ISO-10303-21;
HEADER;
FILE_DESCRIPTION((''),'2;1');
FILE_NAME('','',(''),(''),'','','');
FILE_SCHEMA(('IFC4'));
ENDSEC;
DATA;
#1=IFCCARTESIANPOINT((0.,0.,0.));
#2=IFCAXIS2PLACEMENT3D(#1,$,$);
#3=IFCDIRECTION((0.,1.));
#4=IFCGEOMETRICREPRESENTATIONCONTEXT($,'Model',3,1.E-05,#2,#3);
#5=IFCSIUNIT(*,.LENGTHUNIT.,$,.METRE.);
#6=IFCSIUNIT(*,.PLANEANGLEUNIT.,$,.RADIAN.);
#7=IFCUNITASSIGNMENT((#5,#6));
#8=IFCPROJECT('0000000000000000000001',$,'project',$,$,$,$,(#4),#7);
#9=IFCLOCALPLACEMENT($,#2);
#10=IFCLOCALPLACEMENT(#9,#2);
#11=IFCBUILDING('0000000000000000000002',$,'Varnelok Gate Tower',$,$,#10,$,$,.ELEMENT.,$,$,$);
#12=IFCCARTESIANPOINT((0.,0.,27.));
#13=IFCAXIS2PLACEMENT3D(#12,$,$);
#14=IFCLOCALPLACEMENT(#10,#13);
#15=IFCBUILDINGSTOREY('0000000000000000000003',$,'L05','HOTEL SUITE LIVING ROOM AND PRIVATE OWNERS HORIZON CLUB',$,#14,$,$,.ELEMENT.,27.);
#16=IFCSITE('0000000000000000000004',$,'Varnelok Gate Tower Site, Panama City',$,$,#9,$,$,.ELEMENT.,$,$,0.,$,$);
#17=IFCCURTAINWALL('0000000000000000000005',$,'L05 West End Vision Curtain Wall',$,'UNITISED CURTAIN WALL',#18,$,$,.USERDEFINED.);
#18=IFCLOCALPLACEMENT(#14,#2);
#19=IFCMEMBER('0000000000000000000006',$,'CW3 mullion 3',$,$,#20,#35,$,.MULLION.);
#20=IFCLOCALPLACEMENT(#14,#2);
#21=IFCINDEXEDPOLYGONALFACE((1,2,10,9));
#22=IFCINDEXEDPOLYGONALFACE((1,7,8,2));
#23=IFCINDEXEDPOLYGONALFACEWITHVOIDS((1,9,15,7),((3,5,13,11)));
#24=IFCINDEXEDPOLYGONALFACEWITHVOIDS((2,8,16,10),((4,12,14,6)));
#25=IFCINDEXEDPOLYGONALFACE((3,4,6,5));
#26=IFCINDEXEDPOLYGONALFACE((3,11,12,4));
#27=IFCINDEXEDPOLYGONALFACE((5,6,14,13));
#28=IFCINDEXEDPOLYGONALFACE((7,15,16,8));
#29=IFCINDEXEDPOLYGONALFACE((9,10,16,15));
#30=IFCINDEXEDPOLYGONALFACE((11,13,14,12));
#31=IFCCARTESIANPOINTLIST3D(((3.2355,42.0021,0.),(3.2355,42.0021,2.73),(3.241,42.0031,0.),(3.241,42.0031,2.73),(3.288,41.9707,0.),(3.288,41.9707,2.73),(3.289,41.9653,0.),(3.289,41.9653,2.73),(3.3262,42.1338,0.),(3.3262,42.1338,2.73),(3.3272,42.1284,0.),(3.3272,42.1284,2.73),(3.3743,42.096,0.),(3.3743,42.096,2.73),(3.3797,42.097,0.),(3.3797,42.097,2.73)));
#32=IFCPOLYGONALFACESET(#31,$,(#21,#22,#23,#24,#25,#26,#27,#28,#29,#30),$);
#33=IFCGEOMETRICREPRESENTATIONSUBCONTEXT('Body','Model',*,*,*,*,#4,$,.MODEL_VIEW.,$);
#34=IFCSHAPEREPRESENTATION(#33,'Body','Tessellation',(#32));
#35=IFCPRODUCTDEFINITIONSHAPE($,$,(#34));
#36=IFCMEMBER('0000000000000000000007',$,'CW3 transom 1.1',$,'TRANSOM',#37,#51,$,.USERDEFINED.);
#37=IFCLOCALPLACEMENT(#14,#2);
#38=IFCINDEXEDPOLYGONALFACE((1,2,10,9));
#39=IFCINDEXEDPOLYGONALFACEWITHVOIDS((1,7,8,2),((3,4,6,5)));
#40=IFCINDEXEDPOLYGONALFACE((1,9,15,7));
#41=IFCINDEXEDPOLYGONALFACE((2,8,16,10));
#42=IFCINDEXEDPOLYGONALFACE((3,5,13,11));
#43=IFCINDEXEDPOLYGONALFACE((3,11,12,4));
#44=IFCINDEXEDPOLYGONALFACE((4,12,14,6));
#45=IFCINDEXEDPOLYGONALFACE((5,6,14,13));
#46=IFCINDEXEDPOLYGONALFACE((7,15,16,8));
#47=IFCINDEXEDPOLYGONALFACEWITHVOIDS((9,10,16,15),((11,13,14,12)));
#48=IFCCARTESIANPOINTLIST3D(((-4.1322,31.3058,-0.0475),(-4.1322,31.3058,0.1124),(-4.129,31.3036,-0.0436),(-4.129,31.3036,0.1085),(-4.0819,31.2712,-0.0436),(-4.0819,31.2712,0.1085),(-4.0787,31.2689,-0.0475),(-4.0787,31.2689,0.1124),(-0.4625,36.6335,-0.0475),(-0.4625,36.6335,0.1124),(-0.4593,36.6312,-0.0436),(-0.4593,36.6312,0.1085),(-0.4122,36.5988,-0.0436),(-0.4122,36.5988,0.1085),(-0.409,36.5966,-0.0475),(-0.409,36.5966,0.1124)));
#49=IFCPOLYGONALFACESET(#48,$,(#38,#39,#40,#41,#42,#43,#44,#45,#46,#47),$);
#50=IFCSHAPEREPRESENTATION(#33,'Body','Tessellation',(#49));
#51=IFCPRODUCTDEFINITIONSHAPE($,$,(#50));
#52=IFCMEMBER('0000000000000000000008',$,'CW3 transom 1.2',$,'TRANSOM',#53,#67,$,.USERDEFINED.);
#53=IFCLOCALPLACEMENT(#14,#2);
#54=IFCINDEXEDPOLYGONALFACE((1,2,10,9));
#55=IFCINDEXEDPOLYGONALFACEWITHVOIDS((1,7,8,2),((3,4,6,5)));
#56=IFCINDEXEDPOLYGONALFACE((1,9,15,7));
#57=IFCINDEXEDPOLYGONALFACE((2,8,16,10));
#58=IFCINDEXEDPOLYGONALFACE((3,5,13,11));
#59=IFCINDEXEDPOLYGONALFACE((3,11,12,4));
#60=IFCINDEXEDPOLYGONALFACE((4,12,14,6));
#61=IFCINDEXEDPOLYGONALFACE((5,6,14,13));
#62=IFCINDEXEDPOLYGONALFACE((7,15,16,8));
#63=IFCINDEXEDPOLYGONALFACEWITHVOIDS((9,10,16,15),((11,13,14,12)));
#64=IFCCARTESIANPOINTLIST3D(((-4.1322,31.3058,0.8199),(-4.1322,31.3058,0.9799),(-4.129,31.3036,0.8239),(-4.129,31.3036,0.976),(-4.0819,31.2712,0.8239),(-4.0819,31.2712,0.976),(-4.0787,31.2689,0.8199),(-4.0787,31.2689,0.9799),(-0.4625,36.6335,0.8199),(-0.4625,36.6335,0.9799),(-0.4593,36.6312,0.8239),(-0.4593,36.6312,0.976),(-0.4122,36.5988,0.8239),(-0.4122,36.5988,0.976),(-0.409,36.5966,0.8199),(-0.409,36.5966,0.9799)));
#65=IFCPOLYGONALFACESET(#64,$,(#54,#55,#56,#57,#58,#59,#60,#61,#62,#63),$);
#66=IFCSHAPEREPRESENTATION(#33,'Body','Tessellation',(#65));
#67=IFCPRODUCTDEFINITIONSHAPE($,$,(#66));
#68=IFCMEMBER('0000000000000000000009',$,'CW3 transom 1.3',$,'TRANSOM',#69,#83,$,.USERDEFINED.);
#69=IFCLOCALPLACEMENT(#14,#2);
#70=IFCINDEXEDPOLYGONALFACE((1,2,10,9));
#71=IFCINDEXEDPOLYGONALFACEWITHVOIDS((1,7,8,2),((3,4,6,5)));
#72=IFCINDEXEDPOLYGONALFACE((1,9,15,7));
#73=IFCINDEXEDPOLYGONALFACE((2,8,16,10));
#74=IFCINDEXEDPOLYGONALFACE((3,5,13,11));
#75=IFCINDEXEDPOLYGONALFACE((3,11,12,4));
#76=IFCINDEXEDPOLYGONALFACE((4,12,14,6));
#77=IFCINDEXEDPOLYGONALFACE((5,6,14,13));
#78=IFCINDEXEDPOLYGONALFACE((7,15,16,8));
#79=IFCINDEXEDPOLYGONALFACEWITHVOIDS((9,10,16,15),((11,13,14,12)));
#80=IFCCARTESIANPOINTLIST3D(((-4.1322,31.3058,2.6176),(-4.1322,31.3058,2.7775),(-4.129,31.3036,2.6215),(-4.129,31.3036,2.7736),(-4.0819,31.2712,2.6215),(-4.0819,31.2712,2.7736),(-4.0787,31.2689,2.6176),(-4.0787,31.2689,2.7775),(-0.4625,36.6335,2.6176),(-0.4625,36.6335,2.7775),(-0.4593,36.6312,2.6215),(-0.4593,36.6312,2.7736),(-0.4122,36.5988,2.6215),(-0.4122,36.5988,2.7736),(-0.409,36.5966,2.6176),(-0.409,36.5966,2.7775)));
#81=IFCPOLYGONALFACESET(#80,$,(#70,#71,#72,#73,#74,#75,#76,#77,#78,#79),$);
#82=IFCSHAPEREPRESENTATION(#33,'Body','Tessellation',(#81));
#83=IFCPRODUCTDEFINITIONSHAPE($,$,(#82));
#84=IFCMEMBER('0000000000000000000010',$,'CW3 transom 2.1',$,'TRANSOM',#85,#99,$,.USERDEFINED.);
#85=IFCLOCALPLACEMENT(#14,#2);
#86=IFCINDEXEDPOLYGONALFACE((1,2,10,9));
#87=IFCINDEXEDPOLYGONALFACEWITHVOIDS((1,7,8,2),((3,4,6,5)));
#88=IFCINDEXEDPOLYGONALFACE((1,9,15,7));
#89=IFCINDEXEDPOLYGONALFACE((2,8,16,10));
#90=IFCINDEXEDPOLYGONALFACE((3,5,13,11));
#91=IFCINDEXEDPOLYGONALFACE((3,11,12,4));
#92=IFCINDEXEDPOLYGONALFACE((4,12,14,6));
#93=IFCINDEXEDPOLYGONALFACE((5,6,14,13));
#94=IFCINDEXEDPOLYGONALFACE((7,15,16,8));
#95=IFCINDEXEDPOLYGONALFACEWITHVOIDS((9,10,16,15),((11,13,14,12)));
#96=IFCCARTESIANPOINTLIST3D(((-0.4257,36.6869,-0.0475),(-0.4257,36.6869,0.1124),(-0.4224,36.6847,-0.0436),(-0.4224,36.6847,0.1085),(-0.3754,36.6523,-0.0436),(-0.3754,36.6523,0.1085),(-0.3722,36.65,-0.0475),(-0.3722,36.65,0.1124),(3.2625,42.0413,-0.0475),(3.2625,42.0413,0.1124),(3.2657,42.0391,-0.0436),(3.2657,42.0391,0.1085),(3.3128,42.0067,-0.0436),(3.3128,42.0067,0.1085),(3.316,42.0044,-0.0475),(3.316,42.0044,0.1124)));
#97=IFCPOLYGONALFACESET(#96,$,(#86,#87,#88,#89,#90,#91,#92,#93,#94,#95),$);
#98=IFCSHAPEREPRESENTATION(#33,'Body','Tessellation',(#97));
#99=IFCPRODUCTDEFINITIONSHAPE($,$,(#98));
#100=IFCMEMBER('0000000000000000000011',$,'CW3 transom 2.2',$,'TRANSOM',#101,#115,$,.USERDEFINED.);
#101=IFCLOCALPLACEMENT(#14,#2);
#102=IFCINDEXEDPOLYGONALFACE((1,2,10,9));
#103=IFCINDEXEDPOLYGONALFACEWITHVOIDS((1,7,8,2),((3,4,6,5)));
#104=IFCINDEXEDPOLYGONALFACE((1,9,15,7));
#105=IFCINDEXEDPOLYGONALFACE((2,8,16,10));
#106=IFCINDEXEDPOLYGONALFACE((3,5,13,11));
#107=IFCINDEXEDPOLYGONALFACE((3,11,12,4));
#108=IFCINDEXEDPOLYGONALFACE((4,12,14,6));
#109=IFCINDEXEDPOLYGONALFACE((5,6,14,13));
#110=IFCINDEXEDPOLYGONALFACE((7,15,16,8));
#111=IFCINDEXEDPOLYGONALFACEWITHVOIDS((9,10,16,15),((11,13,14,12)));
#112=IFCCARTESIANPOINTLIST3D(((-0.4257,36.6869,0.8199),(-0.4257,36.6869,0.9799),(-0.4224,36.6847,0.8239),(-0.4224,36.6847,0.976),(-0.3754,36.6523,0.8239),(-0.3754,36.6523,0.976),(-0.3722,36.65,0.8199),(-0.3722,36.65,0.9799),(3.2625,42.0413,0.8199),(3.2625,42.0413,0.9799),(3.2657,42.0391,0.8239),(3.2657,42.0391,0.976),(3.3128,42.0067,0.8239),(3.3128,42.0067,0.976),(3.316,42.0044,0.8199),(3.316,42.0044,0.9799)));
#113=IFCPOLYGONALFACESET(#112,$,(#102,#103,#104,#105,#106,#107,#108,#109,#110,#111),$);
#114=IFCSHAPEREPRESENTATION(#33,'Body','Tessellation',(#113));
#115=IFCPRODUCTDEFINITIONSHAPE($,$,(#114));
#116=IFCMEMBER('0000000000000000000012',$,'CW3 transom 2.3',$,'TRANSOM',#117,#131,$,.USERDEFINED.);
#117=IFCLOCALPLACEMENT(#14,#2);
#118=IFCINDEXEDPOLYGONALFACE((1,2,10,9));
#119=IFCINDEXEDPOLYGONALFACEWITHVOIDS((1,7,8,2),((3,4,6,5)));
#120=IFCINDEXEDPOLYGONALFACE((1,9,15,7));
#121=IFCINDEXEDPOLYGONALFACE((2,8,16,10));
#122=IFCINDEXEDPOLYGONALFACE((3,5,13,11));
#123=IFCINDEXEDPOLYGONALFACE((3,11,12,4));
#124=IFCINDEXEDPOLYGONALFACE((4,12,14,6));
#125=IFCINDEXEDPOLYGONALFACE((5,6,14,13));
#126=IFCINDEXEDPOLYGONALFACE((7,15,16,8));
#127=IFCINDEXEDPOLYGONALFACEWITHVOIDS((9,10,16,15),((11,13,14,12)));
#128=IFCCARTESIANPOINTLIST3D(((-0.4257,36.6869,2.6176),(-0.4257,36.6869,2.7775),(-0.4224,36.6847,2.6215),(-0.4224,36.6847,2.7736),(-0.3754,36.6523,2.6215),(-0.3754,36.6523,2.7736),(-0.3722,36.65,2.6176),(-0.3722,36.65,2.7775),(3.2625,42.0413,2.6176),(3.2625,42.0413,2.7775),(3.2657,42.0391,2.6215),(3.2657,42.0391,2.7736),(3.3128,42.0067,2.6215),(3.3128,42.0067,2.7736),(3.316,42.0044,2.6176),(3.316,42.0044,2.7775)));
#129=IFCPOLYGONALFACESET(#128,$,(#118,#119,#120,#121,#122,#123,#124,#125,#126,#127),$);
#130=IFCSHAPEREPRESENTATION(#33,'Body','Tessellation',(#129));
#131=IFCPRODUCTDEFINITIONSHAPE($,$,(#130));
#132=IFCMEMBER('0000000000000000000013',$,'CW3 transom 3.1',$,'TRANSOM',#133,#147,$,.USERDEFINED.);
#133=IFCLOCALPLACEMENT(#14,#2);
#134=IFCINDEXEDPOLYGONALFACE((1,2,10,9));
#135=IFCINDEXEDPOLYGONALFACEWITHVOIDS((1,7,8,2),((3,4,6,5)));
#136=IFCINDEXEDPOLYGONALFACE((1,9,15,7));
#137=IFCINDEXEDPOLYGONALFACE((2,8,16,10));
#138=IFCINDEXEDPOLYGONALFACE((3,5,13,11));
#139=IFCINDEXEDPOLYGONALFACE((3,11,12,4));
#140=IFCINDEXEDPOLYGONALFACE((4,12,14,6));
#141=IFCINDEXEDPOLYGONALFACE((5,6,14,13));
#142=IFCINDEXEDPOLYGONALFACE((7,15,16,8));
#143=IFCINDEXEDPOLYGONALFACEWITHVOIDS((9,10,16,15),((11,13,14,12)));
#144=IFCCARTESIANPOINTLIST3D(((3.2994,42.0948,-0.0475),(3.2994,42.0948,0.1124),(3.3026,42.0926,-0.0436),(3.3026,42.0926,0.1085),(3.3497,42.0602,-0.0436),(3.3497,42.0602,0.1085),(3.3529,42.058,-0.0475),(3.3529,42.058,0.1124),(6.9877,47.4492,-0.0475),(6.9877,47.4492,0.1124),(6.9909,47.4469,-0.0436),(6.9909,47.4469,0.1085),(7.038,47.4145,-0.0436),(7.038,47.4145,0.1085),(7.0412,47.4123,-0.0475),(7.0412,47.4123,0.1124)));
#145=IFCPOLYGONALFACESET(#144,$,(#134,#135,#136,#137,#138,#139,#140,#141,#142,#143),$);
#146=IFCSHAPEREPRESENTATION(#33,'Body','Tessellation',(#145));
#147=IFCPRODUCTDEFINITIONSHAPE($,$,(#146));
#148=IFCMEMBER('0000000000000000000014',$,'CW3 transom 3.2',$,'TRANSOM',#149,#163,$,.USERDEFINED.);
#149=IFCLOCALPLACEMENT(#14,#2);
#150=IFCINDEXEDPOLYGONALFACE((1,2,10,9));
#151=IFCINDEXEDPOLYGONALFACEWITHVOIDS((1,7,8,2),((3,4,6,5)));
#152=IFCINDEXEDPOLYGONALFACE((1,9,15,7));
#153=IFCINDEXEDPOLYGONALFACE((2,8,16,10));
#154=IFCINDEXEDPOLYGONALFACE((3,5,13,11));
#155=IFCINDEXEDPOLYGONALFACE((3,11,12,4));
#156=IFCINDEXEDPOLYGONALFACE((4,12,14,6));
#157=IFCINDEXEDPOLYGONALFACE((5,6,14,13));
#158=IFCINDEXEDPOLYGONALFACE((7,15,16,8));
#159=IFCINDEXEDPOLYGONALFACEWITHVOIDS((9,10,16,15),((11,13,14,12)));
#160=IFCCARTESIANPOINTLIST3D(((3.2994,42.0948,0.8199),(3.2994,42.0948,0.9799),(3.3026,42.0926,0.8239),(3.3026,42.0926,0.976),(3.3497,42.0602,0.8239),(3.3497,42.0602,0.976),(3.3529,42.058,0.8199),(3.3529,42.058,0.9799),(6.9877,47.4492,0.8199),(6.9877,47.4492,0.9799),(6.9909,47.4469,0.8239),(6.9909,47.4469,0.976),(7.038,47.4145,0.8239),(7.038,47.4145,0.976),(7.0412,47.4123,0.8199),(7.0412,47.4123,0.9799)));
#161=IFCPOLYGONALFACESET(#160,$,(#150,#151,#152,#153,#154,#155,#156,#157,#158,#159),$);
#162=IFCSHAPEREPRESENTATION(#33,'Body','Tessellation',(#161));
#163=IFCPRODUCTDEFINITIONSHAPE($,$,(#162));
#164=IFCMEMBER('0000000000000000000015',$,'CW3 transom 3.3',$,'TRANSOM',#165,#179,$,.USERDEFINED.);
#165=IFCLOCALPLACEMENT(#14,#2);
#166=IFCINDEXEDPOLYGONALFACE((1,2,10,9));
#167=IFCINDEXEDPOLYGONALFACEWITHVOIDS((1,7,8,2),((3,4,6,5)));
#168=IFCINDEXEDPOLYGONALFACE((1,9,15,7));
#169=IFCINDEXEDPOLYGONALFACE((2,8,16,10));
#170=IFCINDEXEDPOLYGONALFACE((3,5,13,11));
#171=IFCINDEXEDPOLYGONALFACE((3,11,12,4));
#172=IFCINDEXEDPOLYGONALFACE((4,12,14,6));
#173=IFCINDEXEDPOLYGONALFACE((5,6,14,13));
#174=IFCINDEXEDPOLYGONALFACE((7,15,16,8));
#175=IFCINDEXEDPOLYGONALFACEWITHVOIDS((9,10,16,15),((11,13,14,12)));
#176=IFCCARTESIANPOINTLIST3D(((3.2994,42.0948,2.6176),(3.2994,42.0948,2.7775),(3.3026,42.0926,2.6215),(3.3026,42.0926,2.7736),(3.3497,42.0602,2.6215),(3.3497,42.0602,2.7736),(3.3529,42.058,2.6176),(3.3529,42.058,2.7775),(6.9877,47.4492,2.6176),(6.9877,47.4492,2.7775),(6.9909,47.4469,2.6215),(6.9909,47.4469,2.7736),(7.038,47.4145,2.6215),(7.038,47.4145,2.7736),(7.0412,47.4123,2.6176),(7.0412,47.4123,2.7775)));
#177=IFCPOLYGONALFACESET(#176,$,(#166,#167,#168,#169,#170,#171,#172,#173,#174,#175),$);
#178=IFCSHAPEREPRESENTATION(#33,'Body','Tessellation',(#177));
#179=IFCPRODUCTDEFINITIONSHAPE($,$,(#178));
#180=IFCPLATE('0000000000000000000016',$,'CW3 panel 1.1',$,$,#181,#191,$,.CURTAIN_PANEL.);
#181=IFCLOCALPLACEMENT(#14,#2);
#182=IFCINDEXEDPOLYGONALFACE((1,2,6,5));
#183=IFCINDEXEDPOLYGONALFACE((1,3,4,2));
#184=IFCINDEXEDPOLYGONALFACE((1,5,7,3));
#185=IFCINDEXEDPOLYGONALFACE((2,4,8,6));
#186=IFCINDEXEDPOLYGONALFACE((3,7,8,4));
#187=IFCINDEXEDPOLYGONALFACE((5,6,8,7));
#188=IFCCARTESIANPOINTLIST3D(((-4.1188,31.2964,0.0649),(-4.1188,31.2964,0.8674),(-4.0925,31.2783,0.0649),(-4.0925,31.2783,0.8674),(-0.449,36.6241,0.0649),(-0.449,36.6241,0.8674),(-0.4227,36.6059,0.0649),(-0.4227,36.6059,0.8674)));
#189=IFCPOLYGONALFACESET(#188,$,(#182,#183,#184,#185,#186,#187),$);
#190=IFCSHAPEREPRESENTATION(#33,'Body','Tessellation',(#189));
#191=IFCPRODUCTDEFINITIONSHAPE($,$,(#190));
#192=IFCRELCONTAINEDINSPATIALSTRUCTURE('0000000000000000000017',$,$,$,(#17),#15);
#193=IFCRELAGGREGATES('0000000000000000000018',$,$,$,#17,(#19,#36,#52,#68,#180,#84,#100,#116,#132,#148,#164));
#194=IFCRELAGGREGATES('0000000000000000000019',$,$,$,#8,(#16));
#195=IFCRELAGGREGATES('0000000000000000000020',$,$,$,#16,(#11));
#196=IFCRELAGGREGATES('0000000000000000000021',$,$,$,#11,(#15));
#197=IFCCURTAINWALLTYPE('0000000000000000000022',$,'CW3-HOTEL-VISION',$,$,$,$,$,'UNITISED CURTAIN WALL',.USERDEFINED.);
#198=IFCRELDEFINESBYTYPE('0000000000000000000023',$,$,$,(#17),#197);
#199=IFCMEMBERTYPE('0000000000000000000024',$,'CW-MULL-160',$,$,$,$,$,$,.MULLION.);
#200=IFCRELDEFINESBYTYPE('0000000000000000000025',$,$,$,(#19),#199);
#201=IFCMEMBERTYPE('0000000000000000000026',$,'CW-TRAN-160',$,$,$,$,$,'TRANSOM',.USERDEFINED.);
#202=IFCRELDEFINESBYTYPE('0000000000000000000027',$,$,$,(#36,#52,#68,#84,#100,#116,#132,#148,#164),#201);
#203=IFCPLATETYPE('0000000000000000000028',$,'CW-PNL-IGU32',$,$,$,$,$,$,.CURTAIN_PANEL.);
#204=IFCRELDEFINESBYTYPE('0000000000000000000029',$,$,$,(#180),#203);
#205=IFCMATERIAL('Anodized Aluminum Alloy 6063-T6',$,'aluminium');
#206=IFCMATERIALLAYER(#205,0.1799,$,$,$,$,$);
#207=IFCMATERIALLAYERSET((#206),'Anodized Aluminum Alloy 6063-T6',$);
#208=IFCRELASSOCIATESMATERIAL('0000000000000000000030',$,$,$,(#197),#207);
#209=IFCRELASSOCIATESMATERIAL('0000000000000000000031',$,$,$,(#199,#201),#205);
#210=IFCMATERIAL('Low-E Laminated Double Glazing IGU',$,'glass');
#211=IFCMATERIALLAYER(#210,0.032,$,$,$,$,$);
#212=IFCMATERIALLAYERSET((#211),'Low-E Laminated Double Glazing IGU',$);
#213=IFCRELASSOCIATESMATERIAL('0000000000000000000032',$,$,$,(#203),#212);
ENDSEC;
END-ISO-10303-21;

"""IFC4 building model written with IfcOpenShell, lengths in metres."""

from ifc_helpers import new_model, si_unit, direction, frame, origin, origin_2d, place, context, subcontext, project, spatial, rectangle, hollow_rectangle, extrude, source, transform, mapped, material, layer, layer_set, material_profile, profile_set, type_object, element, aggregate, save


model = new_model("IFC4")

# Units and contexts
model_context = context("Model", 3, precision=1e-05, world=origin(), true_north=direction((0.0, 1.0)))
body_context = subcontext(model_context, "Body", "Model", "MODEL_VIEW")
ifc_project = project(units=[si_unit("LENGTHUNIT", "METRE"), si_unit("PLANEANGLEUNIT", "RADIAN")], contexts=[model_context])

# Site, building, storey
site_placement = place(None, origin())
site = spatial("IfcSite", under=ifc_project, at=site_placement, Name="Varnelok Gate Tower Site, Panama City", CompositionType="ELEMENT", RefElevation=0.0)
building_placement = place(site_placement, origin())
building = spatial("IfcBuilding", under=site, at=building_placement, Name="Varnelok Gate Tower", CompositionType="ELEMENT")
storey_placement = place(building_placement, frame((0.0, 0.0, 27.0)))
storey = spatial("IfcBuildingStorey", under=building, at=storey_placement, Name="L05", Description="HOTEL SUITE LIVING ROOM AND PRIVATE OWNERS HORIZON CLUB", CompositionType="ELEMENT", Elevation=27.0)

# Curtain wall, members, plate
ifc_material_1 = material(Name="Anodized Aluminum Alloy 6063-T6", Category="aluminium")
ifc_layer_1 = layer(ifc_material_1, 0.1799)
ifc_layer_set_1 = layer_set([ifc_layer_1], Name="Anodized Aluminum Alloy 6063-T6")
curtain_wall_type = type_object("IfcCurtainWallType", Name="CW3-HOTEL-VISION", ElementType="UNITISED CURTAIN WALL", PredefinedType="USERDEFINED", material=ifc_layer_set_1)
curtain_wall_placement = place(storey_placement, origin())
curtain_wall = element("IfcCurtainWall", 1, at=curtain_wall_placement, inside=storey, type_object=curtain_wall_type, Name="L05 West End Vision Curtain Wall", ObjectType="UNITISED CURTAIN WALL", PredefinedType="USERDEFINED")
ifc_material_profile_1 = material_profile(ifc_material_1, hollow_rectangle(XDim=0.0649, YDim=0.1599, WallThickness=0.0039, at=origin_2d()), Name="ALU160X65X4")
ifc_profile_set_1 = profile_set([ifc_material_profile_1], Name="Anodized Aluminum Alloy 6063-T6")
member_type_1 = type_object("IfcMemberType", Name="CW-MULL-160", PredefinedType="MULLION", material=ifc_profile_set_1)
member_1_placement = place(storey_placement, frame((3.3076, 42.0496, 0.0), z_axis=(0.0, 0.0, 1.0), x_axis=(-0.823533, 0.567269, 0.0)))
member_1 = element("IfcMember", 2, at=member_1_placement, type_object=member_type_1, Name="CW3 mullion 3", PredefinedType="MULLION", context=body_context, shape_type="SweptSolid", body=[
    extrude(hollow_rectangle(XDim=0.0649, YDim=0.1599, WallThickness=0.0039, at=origin_2d()), origin(), (0.0, 0.0, 1.0), 2.73),
])
ifc_material_profile_2 = material_profile(ifc_material_1, hollow_rectangle(XDim=0.0649, YDim=0.1599, WallThickness=0.0039, at=origin_2d()), Name="ALU160X65X4")
ifc_profile_set_2 = profile_set([ifc_material_profile_2], Name="Anodized Aluminum Alloy 6063-T6")
member_type_2 = type_object("IfcMemberType", Name="CW-TRAN-160", ElementType="TRANSOM", PredefinedType="USERDEFINED", material=ifc_profile_set_2)
member_2_placement = place(storey_placement, frame((-4.1055, 31.2874, 0.0325), z_axis=(0.567256, 0.823542, 0.0), x_axis=(-0.823542, 0.567256, 0.0)))
member_2 = element("IfcMember", 3, at=member_2_placement, type_object=member_type_2, Name="CW3 transom 1.1", ObjectType="TRANSOM", PredefinedType="USERDEFINED", context=body_context, shape_type="SweptSolid", body=[
    extrude(hollow_rectangle(XDim=0.0649, YDim=0.1599, WallThickness=0.0039, at=origin_2d()), origin(), (0.0, 0.0, 1.0), 6.4692),
])
member_3_placement = place(storey_placement, frame((-4.1055, 31.2874, 0.8999), z_axis=(0.567256, 0.823542, 0.0), x_axis=(-0.823542, 0.567256, 0.0)))
member_3 = element("IfcMember", 4, at=member_3_placement, type_object=member_type_2, Name="CW3 transom 1.2", ObjectType="TRANSOM", PredefinedType="USERDEFINED", context=body_context, shape_type="SweptSolid", body=[
    extrude(hollow_rectangle(XDim=0.0649, YDim=0.1599, WallThickness=0.0039, at=origin_2d()), origin(), (0.0, 0.0, 1.0), 6.4692),
])
member_4_placement = place(storey_placement, frame((-4.1055, 31.2874, 2.6975), z_axis=(0.567256, 0.823542, 0.0), x_axis=(-0.823542, 0.567256, 0.0)))
member_4 = element("IfcMember", 5, at=member_4_placement, type_object=member_type_2, Name="CW3 transom 1.3", ObjectType="TRANSOM", PredefinedType="USERDEFINED", context=body_context, shape_type="SweptSolid", body=[
    extrude(hollow_rectangle(XDim=0.0649, YDim=0.1599, WallThickness=0.0039, at=origin_2d()), origin(), (0.0, 0.0, 1.0), 6.4692),
])
member_5_placement = place(storey_placement, frame((-0.3989, 36.6685, 0.0325), z_axis=(0.567262, 0.823538, 0.0), x_axis=(-0.823538, 0.567262, 0.0)))
member_5 = element("IfcMember", 6, at=member_5_placement, type_object=member_type_2, Name="CW3 transom 2.1", ObjectType="TRANSOM", PredefinedType="USERDEFINED", context=body_context, shape_type="SweptSolid", body=[
    extrude(hollow_rectangle(XDim=0.0649, YDim=0.1599, WallThickness=0.0039, at=origin_2d()), origin(), (0.0, 0.0, 1.0), 6.5017),
])
member_6_placement = place(storey_placement, frame((-0.3989, 36.6685, 0.8999), z_axis=(0.567262, 0.823538, 0.0), x_axis=(-0.823538, 0.567262, 0.0)))
member_6 = element("IfcMember", 7, at=member_6_placement, type_object=member_type_2, Name="CW3 transom 2.2", ObjectType="TRANSOM", PredefinedType="USERDEFINED", context=body_context, shape_type="SweptSolid", body=[
    extrude(hollow_rectangle(XDim=0.0649, YDim=0.1599, WallThickness=0.0039, at=origin_2d()), origin(), (0.0, 0.0, 1.0), 6.5017),
])
member_7_placement = place(storey_placement, frame((-0.3989, 36.6685, 2.6975), z_axis=(0.567262, 0.823538, 0.0), x_axis=(-0.823538, 0.567262, 0.0)))
member_7 = element("IfcMember", 8, at=member_7_placement, type_object=member_type_2, Name="CW3 transom 2.3", ObjectType="TRANSOM", PredefinedType="USERDEFINED", context=body_context, shape_type="SweptSolid", body=[
    extrude(hollow_rectangle(XDim=0.0649, YDim=0.1599, WallThickness=0.0039, at=origin_2d()), origin(), (0.0, 0.0, 1.0), 6.5017),
])
member_8_placement = place(storey_placement, frame((3.3262, 42.0764, 0.0325), z_axis=(0.567279, 0.823526, 0.0), x_axis=(-0.823526, 0.567279, 0.0)))
member_8 = element("IfcMember", 9, at=member_8_placement, type_object=member_type_2, Name="CW3 transom 3.1", ObjectType="TRANSOM", PredefinedType="USERDEFINED", context=body_context, shape_type="SweptSolid", body=[
    extrude(hollow_rectangle(XDim=0.0649, YDim=0.1599, WallThickness=0.0039, at=origin_2d()), origin(), (0.0, 0.0, 1.0), 6.5017),
])
member_9_placement = place(storey_placement, frame((3.3262, 42.0764, 0.8999), z_axis=(0.567279, 0.823526, 0.0), x_axis=(-0.823526, 0.567279, 0.0)))
member_9 = element("IfcMember", 10, at=member_9_placement, type_object=member_type_2, Name="CW3 transom 3.2", ObjectType="TRANSOM", PredefinedType="USERDEFINED", context=body_context, shape_type="SweptSolid", body=[
    extrude(hollow_rectangle(XDim=0.0649, YDim=0.1599, WallThickness=0.0039, at=origin_2d()), origin(), (0.0, 0.0, 1.0), 6.5017),
])
member_10_placement = place(storey_placement, frame((3.3262, 42.0764, 2.6975), z_axis=(0.567279, 0.823526, 0.0), x_axis=(-0.823526, 0.567279, 0.0)))
member_10 = element("IfcMember", 11, at=member_10_placement, type_object=member_type_2, Name="CW3 transom 3.3", ObjectType="TRANSOM", PredefinedType="USERDEFINED", context=body_context, shape_type="SweptSolid", body=[
    extrude(hollow_rectangle(XDim=0.0649, YDim=0.1599, WallThickness=0.0039, at=origin_2d()), origin(), (0.0, 0.0, 1.0), 6.5017),
])
ifc_material_2 = material(Name="Low-E Laminated Double Glazing IGU", Category="glass")
ifc_layer_2 = layer(ifc_material_2, 0.032)
ifc_layer_set_2 = layer_set([ifc_layer_2], Name="Low-E Laminated Double Glazing IGU")
plate_type = type_object("IfcPlateType", Name="CW-PNL-IGU32", PredefinedType="CURTAIN_PANEL", material=ifc_layer_set_2)
shared_shape_1 = source(origin(), body_context, "Body", "SweptSolid", [
    extrude(rectangle(XDim=6.4692, YDim=0.032, at=origin_2d()), origin(), (0.0, 0.0, 1.0), 0.8025),
])
plate_1_placement = place(storey_placement, frame((-2.2708, 33.9512, 0.0649), z_axis=(0.0, 0.0, 1.0), x_axis=(0.567269, 0.823533, 0.0)))
plate_1 = element("IfcPlate", 12, at=plate_1_placement, type_object=plate_type, Name="CW3 panel 1.1", PredefinedType="CURTAIN_PANEL", context=body_context, shape_type="MappedRepresentation", body=[
    mapped(shared_shape_1, transform((0.0, 0.0, 0.0), scale=1.0)),
])
aggregate(curtain_wall, [member_1, member_2, member_3, member_4, plate_1, member_5, member_6, member_7, member_8, member_9, member_10])

save(model, "model.ifc")
